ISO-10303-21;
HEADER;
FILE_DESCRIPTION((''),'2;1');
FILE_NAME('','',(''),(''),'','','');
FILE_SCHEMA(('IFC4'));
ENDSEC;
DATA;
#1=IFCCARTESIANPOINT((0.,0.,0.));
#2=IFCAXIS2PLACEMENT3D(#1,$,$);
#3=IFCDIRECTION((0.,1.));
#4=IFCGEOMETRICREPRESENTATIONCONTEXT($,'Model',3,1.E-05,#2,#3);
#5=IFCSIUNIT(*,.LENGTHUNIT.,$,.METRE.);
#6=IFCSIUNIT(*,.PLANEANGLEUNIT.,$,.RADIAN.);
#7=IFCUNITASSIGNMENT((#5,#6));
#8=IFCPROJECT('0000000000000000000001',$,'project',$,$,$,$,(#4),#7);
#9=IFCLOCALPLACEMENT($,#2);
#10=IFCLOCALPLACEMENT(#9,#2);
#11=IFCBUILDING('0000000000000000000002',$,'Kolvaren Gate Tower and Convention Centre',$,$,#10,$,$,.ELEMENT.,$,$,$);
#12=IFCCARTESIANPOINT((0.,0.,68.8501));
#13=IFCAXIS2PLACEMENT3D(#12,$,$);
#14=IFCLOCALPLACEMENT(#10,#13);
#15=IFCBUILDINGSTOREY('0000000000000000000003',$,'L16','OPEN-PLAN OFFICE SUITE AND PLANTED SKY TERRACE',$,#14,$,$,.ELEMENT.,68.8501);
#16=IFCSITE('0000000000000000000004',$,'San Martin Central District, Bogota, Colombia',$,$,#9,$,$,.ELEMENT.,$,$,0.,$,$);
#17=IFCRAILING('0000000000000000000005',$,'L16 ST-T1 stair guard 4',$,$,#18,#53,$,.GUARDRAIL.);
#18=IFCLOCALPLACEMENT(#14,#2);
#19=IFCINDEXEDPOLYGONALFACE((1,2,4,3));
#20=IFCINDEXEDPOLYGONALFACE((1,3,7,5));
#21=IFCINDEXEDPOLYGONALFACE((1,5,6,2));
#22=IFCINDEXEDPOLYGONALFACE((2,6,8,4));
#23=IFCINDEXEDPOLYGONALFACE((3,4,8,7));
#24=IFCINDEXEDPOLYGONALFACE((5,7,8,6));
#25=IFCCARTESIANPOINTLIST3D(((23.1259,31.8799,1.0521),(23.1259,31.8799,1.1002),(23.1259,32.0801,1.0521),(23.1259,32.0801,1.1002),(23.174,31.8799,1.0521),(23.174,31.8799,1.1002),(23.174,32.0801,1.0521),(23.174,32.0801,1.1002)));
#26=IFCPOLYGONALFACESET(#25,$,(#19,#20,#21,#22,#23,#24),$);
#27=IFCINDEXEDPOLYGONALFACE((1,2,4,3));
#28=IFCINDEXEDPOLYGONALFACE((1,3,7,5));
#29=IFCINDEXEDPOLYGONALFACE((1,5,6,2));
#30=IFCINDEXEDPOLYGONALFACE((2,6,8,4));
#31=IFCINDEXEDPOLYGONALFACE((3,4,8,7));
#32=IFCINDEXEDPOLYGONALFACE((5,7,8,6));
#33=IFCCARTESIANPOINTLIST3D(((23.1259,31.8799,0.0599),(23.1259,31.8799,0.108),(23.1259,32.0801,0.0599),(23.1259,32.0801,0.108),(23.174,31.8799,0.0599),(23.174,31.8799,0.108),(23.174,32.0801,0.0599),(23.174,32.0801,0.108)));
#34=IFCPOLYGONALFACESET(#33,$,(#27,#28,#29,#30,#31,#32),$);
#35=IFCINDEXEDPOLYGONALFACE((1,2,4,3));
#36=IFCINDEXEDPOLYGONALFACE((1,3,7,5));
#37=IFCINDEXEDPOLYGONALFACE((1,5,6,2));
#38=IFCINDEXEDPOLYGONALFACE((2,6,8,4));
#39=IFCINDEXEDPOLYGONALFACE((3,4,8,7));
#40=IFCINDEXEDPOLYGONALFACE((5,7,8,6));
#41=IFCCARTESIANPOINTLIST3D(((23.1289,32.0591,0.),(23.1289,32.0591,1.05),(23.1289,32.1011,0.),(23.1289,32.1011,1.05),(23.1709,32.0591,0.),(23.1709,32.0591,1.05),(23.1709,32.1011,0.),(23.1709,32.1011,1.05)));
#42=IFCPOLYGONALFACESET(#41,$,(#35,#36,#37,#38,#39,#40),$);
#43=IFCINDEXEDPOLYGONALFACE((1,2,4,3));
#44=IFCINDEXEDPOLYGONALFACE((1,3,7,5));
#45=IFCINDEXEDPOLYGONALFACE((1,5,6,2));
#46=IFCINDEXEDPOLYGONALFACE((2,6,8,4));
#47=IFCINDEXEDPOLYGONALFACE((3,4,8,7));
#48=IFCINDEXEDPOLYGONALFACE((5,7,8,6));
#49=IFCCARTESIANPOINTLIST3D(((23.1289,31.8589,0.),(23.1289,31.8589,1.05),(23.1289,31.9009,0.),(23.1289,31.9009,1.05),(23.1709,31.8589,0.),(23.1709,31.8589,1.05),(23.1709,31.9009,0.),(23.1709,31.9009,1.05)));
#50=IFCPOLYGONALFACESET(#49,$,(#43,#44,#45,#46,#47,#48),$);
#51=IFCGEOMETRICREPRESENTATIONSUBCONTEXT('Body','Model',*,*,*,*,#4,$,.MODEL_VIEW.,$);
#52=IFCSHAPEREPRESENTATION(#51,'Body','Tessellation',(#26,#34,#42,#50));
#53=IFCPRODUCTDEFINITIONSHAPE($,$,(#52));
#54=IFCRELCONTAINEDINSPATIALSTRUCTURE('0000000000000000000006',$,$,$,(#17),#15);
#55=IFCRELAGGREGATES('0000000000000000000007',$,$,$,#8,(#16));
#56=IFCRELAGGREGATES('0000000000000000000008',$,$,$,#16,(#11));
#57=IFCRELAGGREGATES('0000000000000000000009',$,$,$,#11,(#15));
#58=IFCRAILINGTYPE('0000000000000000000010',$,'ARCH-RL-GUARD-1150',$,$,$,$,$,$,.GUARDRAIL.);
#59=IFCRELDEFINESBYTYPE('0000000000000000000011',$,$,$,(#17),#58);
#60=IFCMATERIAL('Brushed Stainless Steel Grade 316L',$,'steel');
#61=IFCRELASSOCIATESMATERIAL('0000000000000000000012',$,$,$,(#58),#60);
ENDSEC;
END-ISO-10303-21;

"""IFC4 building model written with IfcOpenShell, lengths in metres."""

from ifc_helpers import new_model, si_unit, direction, frame, origin, origin_2d, place, context, subcontext, project, spatial, rectangle, extrude, material, type_object, element, save


model = new_model("IFC4")

# Units and contexts
model_context = context("Model", 3, precision=1e-05, world=origin(), true_north=direction((0.0, 1.0)))
body_context = subcontext(model_context, "Body", "Model", "MODEL_VIEW")
ifc_project = project(units=[si_unit("LENGTHUNIT", "METRE"), si_unit("PLANEANGLEUNIT", "RADIAN")], contexts=[model_context])

# Site, building, storey
site_placement = place(None, origin())
site = spatial("IfcSite", under=ifc_project, at=site_placement, Name="San Martin Central District, Bogota, Colombia", CompositionType="ELEMENT", RefElevation=0.0)
building_placement = place(site_placement, origin())
building = spatial("IfcBuilding", under=site, at=building_placement, Name="Kolvaren Gate Tower and Convention Centre", CompositionType="ELEMENT")
storey_placement = place(building_placement, frame((0.0, 0.0, 68.8501)))
storey = spatial("IfcBuildingStorey", under=building, at=storey_placement, Name="L16", Description="OPEN-PLAN OFFICE SUITE AND PLANTED SKY TERRACE", CompositionType="ELEMENT", Elevation=68.8501)

# Shared definitions
ifc_material_1 = material(Name="Brushed Stainless Steel Grade 316L", Category="steel")

# Railing
railing_type = type_object("IfcRailingType", Name="ARCH-RL-GUARD-1150", PredefinedType="GUARDRAIL", material=ifc_material_1)
railing_1_placement = place(storey_placement, frame((23.1499, 32.0801, 0.0)))
element("IfcRailing", 1, at=railing_1_placement, inside=storey, type_object=railing_type, Name="L16 ST-T1 stair guard 4", PredefinedType="GUARDRAIL", context=body_context, shape_type="SweptSolid", body=[
    extrude(rectangle(XDim=0.0481, YDim=0.0481, at=origin_2d()), frame((0.0, 0.0, 1.0762), z_axis=(0.0, -1.0, 0.0), x_axis=(1.0, 0.0, 0.0)), (0.0, 0.0, 1.0), 0.2002),
    extrude(rectangle(XDim=0.0481, YDim=0.0481, at=origin_2d()), frame((0.0, 0.0, 0.084), z_axis=(0.0, -1.0, 0.0), x_axis=(1.0, 0.0, 0.0)), (0.0, 0.0, 1.0), 0.2002),
    extrude(rectangle(XDim=0.042, YDim=0.042, at=origin_2d()), origin(), (0.0, 0.0, 1.0), 1.05),
    extrude(rectangle(XDim=0.042, YDim=0.042, at=origin_2d()), frame((0.0, -0.2002, 0.0)), (0.0, 0.0, 1.0), 1.05),
])

save(model, "model.ifc")
